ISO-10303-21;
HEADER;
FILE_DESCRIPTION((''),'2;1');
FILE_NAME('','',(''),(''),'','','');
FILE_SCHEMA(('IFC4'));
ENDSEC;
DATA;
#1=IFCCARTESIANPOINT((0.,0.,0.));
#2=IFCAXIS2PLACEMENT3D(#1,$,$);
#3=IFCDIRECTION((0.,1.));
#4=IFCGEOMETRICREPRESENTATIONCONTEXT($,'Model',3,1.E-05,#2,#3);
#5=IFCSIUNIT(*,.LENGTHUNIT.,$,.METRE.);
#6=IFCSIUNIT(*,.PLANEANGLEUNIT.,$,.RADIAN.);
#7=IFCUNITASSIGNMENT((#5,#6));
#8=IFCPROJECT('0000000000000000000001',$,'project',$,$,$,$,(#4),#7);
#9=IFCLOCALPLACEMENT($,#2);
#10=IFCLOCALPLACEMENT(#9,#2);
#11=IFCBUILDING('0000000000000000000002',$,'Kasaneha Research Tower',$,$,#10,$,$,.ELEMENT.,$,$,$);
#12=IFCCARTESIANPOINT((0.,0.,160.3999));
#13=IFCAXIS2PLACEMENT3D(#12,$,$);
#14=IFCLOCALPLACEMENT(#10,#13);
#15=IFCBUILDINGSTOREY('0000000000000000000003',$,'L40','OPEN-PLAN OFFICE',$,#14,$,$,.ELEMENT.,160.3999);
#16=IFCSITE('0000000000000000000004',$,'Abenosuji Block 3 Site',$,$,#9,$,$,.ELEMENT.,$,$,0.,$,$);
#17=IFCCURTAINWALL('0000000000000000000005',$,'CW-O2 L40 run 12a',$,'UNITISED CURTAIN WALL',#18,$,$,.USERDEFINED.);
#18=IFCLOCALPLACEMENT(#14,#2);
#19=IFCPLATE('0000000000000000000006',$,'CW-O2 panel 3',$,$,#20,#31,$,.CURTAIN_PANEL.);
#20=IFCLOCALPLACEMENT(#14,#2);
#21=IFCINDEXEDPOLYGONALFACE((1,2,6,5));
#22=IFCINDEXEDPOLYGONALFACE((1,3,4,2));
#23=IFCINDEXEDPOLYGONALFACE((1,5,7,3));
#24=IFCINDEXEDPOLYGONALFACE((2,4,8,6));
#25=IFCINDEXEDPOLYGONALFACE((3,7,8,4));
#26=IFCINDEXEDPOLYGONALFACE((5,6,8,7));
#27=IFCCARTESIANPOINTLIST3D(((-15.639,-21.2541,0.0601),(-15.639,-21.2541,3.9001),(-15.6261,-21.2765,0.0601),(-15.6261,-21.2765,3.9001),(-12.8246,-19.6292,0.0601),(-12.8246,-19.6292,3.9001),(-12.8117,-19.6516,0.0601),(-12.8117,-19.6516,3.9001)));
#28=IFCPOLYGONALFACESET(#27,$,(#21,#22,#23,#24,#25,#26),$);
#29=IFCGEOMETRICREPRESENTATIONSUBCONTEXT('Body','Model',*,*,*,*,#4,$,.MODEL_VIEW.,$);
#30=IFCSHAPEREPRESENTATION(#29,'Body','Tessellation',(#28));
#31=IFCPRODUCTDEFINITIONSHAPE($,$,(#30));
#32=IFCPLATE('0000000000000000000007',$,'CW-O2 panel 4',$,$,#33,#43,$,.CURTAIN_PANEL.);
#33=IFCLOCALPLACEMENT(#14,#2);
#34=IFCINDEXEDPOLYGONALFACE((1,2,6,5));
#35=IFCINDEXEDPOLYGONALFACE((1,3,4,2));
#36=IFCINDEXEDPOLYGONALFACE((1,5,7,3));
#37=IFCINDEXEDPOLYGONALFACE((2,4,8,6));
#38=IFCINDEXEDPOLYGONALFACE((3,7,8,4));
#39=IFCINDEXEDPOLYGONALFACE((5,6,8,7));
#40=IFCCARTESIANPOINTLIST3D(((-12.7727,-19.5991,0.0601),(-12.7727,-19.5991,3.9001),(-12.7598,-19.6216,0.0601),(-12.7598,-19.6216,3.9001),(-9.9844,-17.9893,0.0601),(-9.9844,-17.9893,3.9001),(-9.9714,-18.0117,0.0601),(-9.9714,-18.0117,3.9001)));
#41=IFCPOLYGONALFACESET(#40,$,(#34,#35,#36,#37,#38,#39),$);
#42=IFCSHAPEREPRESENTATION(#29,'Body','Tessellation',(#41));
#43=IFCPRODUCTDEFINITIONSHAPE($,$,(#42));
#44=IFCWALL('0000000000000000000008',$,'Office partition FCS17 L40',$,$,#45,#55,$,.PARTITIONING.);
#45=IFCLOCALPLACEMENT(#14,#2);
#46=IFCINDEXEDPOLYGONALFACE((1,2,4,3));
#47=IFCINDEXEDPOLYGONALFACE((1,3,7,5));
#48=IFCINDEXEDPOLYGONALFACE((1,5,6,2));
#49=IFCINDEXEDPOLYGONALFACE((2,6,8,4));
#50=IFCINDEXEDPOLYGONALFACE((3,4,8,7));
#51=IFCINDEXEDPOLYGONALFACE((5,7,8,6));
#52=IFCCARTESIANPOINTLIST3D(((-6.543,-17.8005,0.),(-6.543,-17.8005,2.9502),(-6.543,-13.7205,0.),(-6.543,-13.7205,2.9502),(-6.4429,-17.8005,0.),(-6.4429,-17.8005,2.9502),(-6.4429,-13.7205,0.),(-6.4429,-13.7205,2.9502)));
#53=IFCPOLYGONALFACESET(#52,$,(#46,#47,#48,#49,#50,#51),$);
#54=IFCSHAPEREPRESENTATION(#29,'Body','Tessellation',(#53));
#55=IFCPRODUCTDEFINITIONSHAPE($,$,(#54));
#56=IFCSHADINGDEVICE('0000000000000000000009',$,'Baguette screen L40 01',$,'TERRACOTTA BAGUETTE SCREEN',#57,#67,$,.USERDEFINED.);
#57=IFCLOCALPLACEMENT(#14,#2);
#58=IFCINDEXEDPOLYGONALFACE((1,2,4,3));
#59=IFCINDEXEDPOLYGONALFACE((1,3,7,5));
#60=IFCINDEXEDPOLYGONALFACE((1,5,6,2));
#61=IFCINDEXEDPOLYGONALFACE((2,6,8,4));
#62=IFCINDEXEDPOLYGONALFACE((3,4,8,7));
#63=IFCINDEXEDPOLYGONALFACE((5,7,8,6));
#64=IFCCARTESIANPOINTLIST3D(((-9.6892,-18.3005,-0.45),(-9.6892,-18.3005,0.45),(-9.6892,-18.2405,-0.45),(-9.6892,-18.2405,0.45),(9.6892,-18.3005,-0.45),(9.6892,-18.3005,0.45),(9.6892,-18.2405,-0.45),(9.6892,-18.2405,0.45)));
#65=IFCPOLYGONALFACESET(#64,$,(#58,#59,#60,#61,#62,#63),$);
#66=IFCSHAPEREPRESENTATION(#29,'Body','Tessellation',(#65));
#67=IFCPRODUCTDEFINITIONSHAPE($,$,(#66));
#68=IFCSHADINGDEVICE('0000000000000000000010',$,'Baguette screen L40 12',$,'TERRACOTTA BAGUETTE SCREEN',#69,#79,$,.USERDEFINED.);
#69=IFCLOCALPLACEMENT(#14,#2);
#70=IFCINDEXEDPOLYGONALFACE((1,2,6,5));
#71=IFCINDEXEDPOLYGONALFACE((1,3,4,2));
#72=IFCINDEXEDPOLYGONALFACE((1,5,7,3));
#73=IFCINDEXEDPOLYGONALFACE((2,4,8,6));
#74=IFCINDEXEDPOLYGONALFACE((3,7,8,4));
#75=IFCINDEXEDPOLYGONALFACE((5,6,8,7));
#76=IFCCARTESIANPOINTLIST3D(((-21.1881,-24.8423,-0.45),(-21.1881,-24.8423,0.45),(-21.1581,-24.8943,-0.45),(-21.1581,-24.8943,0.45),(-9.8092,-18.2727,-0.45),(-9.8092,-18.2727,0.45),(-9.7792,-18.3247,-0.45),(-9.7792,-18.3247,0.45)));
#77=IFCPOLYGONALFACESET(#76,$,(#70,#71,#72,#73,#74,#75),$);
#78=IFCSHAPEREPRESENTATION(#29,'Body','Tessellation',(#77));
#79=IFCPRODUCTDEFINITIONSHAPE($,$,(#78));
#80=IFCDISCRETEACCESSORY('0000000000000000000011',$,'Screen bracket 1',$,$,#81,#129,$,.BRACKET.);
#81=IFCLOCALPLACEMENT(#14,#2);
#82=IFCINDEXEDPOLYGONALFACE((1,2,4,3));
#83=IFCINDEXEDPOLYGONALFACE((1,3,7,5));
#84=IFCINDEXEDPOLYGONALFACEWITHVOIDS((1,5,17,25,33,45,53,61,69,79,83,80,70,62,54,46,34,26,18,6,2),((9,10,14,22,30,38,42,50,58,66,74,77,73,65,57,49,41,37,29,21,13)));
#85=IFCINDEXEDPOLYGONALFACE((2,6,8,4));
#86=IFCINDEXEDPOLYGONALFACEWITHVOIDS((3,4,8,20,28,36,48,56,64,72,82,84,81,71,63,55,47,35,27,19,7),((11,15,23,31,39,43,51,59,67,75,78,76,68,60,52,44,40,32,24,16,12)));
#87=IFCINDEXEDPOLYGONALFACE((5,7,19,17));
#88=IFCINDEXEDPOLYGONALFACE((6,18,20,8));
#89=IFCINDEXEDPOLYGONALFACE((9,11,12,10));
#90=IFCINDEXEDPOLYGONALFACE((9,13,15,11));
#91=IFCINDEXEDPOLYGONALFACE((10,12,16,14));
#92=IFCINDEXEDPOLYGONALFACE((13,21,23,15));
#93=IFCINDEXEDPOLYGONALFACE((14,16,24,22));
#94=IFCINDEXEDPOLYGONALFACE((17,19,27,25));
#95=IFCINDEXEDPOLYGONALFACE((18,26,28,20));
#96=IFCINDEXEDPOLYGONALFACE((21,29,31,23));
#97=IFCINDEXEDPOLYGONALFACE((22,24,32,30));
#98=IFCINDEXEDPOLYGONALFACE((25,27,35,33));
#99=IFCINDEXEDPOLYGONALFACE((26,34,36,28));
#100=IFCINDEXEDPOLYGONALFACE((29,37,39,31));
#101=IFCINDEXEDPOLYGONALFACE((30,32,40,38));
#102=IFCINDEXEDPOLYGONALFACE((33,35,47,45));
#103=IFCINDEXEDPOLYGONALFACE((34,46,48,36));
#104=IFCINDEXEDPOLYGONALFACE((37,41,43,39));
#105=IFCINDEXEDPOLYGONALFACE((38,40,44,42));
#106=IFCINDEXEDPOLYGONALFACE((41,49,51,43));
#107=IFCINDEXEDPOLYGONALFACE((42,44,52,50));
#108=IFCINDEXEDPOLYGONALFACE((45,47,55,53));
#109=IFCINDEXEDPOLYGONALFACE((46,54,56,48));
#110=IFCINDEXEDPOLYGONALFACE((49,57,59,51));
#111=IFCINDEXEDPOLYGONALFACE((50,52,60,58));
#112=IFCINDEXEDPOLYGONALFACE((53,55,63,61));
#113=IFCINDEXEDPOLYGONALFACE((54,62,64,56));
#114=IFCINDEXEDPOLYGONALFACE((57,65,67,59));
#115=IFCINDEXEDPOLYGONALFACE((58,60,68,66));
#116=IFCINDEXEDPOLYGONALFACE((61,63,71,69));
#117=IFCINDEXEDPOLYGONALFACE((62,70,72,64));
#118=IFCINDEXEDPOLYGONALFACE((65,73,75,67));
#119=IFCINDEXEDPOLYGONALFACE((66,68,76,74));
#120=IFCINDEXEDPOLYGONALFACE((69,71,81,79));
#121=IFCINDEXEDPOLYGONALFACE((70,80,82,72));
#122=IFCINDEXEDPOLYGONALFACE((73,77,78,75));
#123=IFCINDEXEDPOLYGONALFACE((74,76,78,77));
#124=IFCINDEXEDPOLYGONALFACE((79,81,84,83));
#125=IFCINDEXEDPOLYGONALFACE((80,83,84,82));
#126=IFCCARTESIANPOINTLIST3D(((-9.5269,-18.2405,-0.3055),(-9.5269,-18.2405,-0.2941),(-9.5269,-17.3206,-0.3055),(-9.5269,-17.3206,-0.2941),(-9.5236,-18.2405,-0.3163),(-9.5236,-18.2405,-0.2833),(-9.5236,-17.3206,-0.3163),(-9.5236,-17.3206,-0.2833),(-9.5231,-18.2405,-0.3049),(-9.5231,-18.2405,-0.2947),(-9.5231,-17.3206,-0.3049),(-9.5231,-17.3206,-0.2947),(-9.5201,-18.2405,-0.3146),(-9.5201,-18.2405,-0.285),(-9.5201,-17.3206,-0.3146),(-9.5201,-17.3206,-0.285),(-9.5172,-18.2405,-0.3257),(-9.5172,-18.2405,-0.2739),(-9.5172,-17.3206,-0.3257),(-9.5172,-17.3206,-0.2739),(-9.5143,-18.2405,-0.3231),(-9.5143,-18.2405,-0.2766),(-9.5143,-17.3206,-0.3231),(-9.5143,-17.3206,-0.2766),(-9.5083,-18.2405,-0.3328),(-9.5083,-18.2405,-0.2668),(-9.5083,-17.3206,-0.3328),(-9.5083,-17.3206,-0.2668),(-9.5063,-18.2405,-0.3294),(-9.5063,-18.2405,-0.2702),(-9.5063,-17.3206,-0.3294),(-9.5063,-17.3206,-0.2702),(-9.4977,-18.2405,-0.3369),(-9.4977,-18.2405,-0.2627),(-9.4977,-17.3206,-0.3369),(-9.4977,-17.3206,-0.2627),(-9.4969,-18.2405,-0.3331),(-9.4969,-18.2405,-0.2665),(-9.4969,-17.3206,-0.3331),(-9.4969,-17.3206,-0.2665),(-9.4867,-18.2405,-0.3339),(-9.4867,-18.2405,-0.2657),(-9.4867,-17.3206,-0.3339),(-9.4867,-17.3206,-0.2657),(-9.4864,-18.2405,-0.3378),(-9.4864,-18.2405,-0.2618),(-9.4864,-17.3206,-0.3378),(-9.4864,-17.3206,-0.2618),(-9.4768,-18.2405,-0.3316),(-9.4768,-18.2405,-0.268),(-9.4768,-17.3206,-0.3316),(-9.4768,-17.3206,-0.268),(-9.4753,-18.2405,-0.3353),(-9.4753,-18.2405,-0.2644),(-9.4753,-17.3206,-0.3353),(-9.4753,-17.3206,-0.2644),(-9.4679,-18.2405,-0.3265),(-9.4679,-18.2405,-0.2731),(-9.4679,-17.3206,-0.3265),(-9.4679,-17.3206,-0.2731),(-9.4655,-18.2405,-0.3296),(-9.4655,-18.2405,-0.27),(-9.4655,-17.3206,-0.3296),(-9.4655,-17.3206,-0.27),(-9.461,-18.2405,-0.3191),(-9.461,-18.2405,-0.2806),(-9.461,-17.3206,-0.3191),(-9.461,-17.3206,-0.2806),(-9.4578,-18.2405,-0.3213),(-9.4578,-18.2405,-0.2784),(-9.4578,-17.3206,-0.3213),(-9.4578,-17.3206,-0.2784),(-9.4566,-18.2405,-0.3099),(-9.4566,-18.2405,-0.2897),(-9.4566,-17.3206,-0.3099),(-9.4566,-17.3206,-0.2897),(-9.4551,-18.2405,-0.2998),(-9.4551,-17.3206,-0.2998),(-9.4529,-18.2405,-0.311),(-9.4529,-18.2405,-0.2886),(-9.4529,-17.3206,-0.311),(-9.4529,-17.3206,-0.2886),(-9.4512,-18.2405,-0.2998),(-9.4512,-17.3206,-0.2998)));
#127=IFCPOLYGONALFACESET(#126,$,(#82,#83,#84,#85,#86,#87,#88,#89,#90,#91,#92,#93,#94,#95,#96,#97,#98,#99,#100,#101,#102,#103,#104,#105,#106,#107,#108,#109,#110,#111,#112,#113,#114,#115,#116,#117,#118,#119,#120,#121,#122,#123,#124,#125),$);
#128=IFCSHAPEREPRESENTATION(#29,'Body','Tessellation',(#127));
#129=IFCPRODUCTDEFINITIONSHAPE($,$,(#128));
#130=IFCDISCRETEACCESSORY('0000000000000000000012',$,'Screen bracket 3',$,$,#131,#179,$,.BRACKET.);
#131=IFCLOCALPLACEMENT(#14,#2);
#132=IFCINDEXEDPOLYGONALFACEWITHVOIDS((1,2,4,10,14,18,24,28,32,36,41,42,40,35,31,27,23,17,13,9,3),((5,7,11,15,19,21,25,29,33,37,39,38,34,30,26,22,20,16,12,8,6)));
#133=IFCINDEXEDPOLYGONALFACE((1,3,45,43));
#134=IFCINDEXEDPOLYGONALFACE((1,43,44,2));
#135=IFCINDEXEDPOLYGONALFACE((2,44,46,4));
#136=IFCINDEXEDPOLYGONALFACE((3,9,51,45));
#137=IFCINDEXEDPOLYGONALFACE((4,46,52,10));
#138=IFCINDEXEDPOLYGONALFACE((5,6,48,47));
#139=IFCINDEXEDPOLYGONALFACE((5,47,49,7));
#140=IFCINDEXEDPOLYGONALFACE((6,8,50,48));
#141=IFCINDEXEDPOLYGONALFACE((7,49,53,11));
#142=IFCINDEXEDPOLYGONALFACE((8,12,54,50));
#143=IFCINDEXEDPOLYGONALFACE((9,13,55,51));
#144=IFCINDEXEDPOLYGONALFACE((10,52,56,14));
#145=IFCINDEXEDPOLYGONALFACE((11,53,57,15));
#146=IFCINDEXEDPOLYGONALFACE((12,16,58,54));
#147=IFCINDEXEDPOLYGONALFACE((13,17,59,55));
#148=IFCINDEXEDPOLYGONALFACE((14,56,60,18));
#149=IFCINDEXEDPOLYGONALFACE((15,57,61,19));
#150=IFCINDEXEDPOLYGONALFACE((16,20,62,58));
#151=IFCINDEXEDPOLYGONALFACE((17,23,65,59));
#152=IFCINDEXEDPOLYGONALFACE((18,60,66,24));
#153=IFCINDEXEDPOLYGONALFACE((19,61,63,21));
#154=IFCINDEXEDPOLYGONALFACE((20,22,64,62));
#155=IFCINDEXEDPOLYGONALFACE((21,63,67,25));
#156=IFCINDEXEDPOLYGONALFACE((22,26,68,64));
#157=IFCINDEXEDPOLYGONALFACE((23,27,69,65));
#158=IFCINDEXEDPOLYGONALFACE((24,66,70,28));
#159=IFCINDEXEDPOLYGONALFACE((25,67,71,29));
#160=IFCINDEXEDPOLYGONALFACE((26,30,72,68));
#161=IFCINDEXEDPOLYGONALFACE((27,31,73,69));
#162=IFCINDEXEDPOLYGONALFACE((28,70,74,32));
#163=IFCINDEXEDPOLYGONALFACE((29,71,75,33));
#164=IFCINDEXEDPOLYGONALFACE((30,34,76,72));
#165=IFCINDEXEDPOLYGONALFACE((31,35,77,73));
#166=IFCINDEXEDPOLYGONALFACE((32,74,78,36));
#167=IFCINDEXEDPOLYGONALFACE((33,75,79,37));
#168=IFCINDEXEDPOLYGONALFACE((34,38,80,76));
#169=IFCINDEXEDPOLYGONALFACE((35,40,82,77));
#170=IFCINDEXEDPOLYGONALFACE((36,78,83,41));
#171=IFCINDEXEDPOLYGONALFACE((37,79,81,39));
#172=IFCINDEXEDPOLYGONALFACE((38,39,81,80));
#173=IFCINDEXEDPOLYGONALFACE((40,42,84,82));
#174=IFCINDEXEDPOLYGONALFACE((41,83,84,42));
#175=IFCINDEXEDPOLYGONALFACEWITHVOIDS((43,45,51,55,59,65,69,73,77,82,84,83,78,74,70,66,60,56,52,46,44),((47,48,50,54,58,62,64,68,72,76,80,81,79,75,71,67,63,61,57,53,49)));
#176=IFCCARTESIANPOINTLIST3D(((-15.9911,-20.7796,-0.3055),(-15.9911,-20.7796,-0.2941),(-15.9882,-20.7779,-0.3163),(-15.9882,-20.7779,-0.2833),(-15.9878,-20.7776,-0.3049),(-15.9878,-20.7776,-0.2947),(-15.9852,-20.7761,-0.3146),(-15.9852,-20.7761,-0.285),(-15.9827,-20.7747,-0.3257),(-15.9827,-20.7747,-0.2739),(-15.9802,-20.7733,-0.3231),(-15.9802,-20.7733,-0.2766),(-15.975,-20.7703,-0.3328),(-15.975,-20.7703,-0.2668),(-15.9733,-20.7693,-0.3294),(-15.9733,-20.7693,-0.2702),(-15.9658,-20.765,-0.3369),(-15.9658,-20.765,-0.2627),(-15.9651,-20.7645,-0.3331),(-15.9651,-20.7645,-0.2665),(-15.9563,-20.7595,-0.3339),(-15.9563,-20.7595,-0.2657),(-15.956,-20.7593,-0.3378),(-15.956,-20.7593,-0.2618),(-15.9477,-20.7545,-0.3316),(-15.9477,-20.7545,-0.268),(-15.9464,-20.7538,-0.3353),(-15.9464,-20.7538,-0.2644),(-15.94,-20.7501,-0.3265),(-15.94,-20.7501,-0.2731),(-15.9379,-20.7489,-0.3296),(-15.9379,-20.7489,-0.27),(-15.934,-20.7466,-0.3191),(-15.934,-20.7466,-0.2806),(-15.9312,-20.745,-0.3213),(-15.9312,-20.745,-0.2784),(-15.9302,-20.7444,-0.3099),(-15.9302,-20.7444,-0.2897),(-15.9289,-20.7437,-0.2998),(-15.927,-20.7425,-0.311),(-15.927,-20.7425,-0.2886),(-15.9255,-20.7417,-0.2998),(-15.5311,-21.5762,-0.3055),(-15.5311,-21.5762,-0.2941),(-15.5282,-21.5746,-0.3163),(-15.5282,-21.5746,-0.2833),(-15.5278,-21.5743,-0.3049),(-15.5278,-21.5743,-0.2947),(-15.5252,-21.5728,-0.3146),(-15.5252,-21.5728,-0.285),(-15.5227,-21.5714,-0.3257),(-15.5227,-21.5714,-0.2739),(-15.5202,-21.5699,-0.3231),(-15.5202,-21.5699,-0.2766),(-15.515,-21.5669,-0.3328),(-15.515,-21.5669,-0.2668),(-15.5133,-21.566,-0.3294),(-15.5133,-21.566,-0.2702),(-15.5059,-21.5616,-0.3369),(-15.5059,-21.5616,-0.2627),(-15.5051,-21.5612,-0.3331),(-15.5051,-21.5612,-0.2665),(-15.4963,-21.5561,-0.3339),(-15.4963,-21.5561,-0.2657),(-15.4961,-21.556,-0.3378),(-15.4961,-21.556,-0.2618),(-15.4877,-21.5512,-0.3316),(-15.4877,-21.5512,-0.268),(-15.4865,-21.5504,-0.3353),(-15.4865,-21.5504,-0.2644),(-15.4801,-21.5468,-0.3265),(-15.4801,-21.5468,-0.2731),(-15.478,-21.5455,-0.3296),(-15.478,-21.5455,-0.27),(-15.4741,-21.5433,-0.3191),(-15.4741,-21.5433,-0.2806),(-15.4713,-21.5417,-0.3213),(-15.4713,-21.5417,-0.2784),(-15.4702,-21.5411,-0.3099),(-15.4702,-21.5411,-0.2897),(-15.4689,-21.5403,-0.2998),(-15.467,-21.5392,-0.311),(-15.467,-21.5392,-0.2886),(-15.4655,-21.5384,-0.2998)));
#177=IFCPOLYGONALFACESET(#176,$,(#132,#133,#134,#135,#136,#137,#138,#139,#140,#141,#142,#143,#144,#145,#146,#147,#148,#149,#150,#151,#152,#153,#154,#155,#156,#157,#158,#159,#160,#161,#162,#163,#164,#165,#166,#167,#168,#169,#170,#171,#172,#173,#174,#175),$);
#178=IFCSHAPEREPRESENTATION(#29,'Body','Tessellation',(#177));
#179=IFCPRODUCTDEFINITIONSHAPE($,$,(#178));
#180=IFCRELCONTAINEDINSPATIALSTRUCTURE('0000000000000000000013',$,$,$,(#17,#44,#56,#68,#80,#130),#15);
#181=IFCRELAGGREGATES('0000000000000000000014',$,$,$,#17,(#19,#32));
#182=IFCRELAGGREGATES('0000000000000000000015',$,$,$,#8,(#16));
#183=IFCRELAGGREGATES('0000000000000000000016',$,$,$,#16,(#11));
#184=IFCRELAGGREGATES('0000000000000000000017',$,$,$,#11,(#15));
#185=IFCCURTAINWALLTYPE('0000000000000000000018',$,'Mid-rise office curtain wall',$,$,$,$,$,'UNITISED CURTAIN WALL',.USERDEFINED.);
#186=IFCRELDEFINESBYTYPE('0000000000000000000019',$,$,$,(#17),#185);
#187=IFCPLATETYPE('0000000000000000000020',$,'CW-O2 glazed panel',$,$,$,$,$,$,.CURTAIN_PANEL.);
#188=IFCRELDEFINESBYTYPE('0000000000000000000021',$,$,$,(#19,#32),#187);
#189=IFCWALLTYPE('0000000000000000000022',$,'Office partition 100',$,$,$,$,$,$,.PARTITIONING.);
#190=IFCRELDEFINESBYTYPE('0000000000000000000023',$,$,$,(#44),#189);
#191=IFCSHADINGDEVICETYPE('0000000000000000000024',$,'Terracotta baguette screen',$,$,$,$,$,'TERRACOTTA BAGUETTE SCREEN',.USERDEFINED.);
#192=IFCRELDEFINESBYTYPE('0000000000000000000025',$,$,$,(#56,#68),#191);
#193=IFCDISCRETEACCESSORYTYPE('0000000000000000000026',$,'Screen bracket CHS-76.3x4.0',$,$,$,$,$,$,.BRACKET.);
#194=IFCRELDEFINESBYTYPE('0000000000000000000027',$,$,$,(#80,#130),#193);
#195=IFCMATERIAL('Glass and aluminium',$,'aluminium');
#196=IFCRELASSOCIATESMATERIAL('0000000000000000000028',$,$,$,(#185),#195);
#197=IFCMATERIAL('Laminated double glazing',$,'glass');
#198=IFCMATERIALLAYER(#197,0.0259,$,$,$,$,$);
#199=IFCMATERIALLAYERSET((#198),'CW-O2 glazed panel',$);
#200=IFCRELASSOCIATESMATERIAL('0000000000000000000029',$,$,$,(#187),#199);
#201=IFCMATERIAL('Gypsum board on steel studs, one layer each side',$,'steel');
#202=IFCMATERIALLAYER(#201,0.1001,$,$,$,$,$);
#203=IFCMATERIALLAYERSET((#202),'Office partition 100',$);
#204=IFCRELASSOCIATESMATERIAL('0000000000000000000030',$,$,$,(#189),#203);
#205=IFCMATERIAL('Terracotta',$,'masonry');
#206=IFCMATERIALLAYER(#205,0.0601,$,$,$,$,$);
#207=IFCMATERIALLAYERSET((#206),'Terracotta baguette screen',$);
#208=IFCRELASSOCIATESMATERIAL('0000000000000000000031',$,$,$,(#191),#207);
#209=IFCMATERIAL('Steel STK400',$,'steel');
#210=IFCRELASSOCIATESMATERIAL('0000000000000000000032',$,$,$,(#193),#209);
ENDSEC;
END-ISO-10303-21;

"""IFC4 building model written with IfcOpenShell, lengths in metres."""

from ifc_helpers import new_model, si_unit, direction, frame, frame_2d, origin, origin_2d, place, context, subcontext, project, spatial, rectangle, hollow_circle, extrude, material, layer, layer_set, material_profile, profile_set, type_object, element, aggregate, save


model = new_model("IFC4")

# Units and contexts
model_context = context("Model", 3, precision=1e-05, world=origin(), true_north=direction((0.0, 1.0)))
body_context = subcontext(model_context, "Body", "Model", "MODEL_VIEW")
ifc_project = project(units=[si_unit("LENGTHUNIT", "METRE"), si_unit("PLANEANGLEUNIT", "RADIAN")], contexts=[model_context])

# Site, building, storey
site_placement = place(None, origin())
site = spatial("IfcSite", under=ifc_project, at=site_placement, Name="Abenosuji Block 3 Site", CompositionType="ELEMENT", RefElevation=0.0)
building_placement = place(site_placement, origin())
building = spatial("IfcBuilding", under=site, at=building_placement, Name="Kasaneha Research Tower", CompositionType="ELEMENT")
storey_placement = place(building_placement, frame((0.0, 0.0, 160.3999)))
storey = spatial("IfcBuildingStorey", under=building, at=storey_placement, Name="L40", Description="OPEN-PLAN OFFICE", CompositionType="ELEMENT", Elevation=160.3999)

# Curtain wall
ifc_material_1 = material(Name="Glass and aluminium", Category="aluminium")
curtain_wall_type = type_object("IfcCurtainWallType", Name="Mid-rise office curtain wall", ElementType="UNITISED CURTAIN WALL", PredefinedType="USERDEFINED", material=ifc_material_1)
curtain_wall_1_placement = place(storey_placement, origin())
curtain_wall_1 = element("IfcCurtainWall", 1, at=curtain_wall_1_placement, inside=storey, type_object=curtain_wall_type, Name="CW-O2 L40 run 12a", ObjectType="UNITISED CURTAIN WALL", PredefinedType="USERDEFINED")

# Plates
ifc_material_2 = material(Name="Laminated double glazing", Category="glass")
ifc_layer_1 = layer(ifc_material_2, 0.0259)
ifc_layer_set_1 = layer_set([ifc_layer_1], Name="CW-O2 glazed panel")
plate_type = type_object("IfcPlateType", Name="CW-O2 glazed panel", PredefinedType="CURTAIN_PANEL", material=ifc_layer_set_1)
plate_1_placement = place(storey_placement, frame((-14.2253, -20.4529, 0.0601), z_axis=(0.0, 0.0, 1.0), x_axis=(0.866025, 0.5, 0.0)))
plate_1 = element("IfcPlate", 2, at=plate_1_placement, type_object=plate_type, Name="CW-O2 panel 3", PredefinedType="CURTAIN_PANEL", context=body_context, shape_type="SweptSolid", body=[
    extrude(rectangle(XDim=3.2498, YDim=0.0259, at=origin_2d()), origin(), (0.0, 0.0, 1.0), 3.8401),
])
plate_2_placement = place(storey_placement, frame((-11.3721, -18.8054, 0.0601), z_axis=(0.0, 0.0, 1.0), x_axis=(0.866025, 0.5, 0.0)))
plate_2 = element("IfcPlate", 3, at=plate_2_placement, type_object=plate_type, Name="CW-O2 panel 4", PredefinedType="CURTAIN_PANEL", context=body_context, shape_type="SweptSolid", body=[
    extrude(rectangle(XDim=3.2197, YDim=0.0259, at=origin_2d()), origin(), (0.0, 0.0, 1.0), 3.8401),
])
aggregate(curtain_wall_1, [plate_1, plate_2])

# Wall
ifc_material_3 = material(Name="Gypsum board on steel studs, one layer each side", Category="steel")
ifc_layer_2 = layer(ifc_material_3, 0.1001)
ifc_layer_set_2 = layer_set([ifc_layer_2], Name="Office partition 100")
wall_type = type_object("IfcWallType", Name="Office partition 100", PredefinedType="PARTITIONING", material=ifc_layer_set_2)
wall_placement = place(storey_placement, frame((-6.4929, -17.8005, 0.0), z_axis=(0.0, 0.0, 1.0), x_axis=(0.0, 1.0, 0.0)))
element("IfcWall", 4, at=wall_placement, inside=storey, type_object=wall_type, Name="Office partition FCS17 L40", PredefinedType="PARTITIONING", context=body_context, shape_type="SweptSolid", body=[
    extrude(rectangle(XDim=4.0801, YDim=0.1001, at=frame_2d((2.04, 0.0))), origin(), (0.0, 0.0, 1.0), 2.9502),
])

# Shading devices
ifc_material_4 = material(Name="Terracotta", Category="masonry")
ifc_layer_3 = layer(ifc_material_4, 0.0601)
ifc_layer_set_3 = layer_set([ifc_layer_3], Name="Terracotta baguette screen")
shading_device_type = type_object("IfcShadingDeviceType", Name="Terracotta baguette screen", ElementType="TERRACOTTA BAGUETTE SCREEN", PredefinedType="USERDEFINED", material=ifc_layer_set_3)
shading_device_1_placement = place(storey_placement, frame((0.0, -18.2705, -0.45), z_axis=(0.0, 0.0, 1.0), x_axis=(1.0, 0.0, 0.0)))
element("IfcShadingDevice", 5, at=shading_device_1_placement, inside=storey, type_object=shading_device_type, Name="Baguette screen L40 01", ObjectType="TERRACOTTA BAGUETTE SCREEN", PredefinedType="USERDEFINED", context=body_context, shape_type="SweptSolid", body=[
    extrude(rectangle(XDim=19.3784, YDim=0.0601, at=origin_2d()), origin(), (0.0, 0.0, 1.0), 0.8999),
])
shading_device_2_placement = place(storey_placement, frame((-15.4836, -21.5835, -0.45), z_axis=(0.0, 0.0, 1.0), x_axis=(0.866025, 0.5, 0.0)))
element("IfcShadingDevice", 6, at=shading_device_2_placement, inside=storey, type_object=shading_device_type, Name="Baguette screen L40 12", ObjectType="TERRACOTTA BAGUETTE SCREEN", PredefinedType="USERDEFINED", context=body_context, shape_type="SweptSolid", body=[
    extrude(rectangle(XDim=13.1392, YDim=0.0601, at=origin_2d()), origin(), (0.0, 0.0, 1.0), 0.8999),
])

# Discrete accessories
ifc_material_5 = material(Name="Steel STK400", Category="steel")
ifc_material_profile_1 = material_profile(ifc_material_5, hollow_circle(Radius=0.0381, WallThickness=0.0039, at=origin_2d()), Name="CHS-76.3x4.0")
ifc_profile_set_1 = profile_set([ifc_material_profile_1], Name="Steel STK400")
discrete_accessory_type = type_object("IfcDiscreteAccessoryType", Name="Screen bracket CHS-76.3x4.0", PredefinedType="BRACKET", material=ifc_profile_set_1)
for number, where, z_axis, x_axis, name in (
    (7, (-9.4893, -17.3206, -0.2998), (0.0, -1.0, 0.0), (1.0, 0.0, 0.0), "Screen bracket 1"),
    (8, (-15.9585, -20.7607, -0.2998), (0.500021, -0.866013, 0.0), (0.866013, 0.500021, 0.0), "Screen bracket 3"),
):
    element("IfcDiscreteAccessory", number, at=place(storey_placement, frame(where, z_axis=z_axis, x_axis=x_axis)), inside=storey, type_object=discrete_accessory_type, Name=name, PredefinedType="BRACKET", context=body_context, shape_type="SweptSolid", body=[
        extrude(hollow_circle(Radius=0.0381, WallThickness=0.0039, at=origin_2d()), origin(), (0.0, 0.0, 1.0), 0.9199),
    ])

save(model, "model.ifc")
